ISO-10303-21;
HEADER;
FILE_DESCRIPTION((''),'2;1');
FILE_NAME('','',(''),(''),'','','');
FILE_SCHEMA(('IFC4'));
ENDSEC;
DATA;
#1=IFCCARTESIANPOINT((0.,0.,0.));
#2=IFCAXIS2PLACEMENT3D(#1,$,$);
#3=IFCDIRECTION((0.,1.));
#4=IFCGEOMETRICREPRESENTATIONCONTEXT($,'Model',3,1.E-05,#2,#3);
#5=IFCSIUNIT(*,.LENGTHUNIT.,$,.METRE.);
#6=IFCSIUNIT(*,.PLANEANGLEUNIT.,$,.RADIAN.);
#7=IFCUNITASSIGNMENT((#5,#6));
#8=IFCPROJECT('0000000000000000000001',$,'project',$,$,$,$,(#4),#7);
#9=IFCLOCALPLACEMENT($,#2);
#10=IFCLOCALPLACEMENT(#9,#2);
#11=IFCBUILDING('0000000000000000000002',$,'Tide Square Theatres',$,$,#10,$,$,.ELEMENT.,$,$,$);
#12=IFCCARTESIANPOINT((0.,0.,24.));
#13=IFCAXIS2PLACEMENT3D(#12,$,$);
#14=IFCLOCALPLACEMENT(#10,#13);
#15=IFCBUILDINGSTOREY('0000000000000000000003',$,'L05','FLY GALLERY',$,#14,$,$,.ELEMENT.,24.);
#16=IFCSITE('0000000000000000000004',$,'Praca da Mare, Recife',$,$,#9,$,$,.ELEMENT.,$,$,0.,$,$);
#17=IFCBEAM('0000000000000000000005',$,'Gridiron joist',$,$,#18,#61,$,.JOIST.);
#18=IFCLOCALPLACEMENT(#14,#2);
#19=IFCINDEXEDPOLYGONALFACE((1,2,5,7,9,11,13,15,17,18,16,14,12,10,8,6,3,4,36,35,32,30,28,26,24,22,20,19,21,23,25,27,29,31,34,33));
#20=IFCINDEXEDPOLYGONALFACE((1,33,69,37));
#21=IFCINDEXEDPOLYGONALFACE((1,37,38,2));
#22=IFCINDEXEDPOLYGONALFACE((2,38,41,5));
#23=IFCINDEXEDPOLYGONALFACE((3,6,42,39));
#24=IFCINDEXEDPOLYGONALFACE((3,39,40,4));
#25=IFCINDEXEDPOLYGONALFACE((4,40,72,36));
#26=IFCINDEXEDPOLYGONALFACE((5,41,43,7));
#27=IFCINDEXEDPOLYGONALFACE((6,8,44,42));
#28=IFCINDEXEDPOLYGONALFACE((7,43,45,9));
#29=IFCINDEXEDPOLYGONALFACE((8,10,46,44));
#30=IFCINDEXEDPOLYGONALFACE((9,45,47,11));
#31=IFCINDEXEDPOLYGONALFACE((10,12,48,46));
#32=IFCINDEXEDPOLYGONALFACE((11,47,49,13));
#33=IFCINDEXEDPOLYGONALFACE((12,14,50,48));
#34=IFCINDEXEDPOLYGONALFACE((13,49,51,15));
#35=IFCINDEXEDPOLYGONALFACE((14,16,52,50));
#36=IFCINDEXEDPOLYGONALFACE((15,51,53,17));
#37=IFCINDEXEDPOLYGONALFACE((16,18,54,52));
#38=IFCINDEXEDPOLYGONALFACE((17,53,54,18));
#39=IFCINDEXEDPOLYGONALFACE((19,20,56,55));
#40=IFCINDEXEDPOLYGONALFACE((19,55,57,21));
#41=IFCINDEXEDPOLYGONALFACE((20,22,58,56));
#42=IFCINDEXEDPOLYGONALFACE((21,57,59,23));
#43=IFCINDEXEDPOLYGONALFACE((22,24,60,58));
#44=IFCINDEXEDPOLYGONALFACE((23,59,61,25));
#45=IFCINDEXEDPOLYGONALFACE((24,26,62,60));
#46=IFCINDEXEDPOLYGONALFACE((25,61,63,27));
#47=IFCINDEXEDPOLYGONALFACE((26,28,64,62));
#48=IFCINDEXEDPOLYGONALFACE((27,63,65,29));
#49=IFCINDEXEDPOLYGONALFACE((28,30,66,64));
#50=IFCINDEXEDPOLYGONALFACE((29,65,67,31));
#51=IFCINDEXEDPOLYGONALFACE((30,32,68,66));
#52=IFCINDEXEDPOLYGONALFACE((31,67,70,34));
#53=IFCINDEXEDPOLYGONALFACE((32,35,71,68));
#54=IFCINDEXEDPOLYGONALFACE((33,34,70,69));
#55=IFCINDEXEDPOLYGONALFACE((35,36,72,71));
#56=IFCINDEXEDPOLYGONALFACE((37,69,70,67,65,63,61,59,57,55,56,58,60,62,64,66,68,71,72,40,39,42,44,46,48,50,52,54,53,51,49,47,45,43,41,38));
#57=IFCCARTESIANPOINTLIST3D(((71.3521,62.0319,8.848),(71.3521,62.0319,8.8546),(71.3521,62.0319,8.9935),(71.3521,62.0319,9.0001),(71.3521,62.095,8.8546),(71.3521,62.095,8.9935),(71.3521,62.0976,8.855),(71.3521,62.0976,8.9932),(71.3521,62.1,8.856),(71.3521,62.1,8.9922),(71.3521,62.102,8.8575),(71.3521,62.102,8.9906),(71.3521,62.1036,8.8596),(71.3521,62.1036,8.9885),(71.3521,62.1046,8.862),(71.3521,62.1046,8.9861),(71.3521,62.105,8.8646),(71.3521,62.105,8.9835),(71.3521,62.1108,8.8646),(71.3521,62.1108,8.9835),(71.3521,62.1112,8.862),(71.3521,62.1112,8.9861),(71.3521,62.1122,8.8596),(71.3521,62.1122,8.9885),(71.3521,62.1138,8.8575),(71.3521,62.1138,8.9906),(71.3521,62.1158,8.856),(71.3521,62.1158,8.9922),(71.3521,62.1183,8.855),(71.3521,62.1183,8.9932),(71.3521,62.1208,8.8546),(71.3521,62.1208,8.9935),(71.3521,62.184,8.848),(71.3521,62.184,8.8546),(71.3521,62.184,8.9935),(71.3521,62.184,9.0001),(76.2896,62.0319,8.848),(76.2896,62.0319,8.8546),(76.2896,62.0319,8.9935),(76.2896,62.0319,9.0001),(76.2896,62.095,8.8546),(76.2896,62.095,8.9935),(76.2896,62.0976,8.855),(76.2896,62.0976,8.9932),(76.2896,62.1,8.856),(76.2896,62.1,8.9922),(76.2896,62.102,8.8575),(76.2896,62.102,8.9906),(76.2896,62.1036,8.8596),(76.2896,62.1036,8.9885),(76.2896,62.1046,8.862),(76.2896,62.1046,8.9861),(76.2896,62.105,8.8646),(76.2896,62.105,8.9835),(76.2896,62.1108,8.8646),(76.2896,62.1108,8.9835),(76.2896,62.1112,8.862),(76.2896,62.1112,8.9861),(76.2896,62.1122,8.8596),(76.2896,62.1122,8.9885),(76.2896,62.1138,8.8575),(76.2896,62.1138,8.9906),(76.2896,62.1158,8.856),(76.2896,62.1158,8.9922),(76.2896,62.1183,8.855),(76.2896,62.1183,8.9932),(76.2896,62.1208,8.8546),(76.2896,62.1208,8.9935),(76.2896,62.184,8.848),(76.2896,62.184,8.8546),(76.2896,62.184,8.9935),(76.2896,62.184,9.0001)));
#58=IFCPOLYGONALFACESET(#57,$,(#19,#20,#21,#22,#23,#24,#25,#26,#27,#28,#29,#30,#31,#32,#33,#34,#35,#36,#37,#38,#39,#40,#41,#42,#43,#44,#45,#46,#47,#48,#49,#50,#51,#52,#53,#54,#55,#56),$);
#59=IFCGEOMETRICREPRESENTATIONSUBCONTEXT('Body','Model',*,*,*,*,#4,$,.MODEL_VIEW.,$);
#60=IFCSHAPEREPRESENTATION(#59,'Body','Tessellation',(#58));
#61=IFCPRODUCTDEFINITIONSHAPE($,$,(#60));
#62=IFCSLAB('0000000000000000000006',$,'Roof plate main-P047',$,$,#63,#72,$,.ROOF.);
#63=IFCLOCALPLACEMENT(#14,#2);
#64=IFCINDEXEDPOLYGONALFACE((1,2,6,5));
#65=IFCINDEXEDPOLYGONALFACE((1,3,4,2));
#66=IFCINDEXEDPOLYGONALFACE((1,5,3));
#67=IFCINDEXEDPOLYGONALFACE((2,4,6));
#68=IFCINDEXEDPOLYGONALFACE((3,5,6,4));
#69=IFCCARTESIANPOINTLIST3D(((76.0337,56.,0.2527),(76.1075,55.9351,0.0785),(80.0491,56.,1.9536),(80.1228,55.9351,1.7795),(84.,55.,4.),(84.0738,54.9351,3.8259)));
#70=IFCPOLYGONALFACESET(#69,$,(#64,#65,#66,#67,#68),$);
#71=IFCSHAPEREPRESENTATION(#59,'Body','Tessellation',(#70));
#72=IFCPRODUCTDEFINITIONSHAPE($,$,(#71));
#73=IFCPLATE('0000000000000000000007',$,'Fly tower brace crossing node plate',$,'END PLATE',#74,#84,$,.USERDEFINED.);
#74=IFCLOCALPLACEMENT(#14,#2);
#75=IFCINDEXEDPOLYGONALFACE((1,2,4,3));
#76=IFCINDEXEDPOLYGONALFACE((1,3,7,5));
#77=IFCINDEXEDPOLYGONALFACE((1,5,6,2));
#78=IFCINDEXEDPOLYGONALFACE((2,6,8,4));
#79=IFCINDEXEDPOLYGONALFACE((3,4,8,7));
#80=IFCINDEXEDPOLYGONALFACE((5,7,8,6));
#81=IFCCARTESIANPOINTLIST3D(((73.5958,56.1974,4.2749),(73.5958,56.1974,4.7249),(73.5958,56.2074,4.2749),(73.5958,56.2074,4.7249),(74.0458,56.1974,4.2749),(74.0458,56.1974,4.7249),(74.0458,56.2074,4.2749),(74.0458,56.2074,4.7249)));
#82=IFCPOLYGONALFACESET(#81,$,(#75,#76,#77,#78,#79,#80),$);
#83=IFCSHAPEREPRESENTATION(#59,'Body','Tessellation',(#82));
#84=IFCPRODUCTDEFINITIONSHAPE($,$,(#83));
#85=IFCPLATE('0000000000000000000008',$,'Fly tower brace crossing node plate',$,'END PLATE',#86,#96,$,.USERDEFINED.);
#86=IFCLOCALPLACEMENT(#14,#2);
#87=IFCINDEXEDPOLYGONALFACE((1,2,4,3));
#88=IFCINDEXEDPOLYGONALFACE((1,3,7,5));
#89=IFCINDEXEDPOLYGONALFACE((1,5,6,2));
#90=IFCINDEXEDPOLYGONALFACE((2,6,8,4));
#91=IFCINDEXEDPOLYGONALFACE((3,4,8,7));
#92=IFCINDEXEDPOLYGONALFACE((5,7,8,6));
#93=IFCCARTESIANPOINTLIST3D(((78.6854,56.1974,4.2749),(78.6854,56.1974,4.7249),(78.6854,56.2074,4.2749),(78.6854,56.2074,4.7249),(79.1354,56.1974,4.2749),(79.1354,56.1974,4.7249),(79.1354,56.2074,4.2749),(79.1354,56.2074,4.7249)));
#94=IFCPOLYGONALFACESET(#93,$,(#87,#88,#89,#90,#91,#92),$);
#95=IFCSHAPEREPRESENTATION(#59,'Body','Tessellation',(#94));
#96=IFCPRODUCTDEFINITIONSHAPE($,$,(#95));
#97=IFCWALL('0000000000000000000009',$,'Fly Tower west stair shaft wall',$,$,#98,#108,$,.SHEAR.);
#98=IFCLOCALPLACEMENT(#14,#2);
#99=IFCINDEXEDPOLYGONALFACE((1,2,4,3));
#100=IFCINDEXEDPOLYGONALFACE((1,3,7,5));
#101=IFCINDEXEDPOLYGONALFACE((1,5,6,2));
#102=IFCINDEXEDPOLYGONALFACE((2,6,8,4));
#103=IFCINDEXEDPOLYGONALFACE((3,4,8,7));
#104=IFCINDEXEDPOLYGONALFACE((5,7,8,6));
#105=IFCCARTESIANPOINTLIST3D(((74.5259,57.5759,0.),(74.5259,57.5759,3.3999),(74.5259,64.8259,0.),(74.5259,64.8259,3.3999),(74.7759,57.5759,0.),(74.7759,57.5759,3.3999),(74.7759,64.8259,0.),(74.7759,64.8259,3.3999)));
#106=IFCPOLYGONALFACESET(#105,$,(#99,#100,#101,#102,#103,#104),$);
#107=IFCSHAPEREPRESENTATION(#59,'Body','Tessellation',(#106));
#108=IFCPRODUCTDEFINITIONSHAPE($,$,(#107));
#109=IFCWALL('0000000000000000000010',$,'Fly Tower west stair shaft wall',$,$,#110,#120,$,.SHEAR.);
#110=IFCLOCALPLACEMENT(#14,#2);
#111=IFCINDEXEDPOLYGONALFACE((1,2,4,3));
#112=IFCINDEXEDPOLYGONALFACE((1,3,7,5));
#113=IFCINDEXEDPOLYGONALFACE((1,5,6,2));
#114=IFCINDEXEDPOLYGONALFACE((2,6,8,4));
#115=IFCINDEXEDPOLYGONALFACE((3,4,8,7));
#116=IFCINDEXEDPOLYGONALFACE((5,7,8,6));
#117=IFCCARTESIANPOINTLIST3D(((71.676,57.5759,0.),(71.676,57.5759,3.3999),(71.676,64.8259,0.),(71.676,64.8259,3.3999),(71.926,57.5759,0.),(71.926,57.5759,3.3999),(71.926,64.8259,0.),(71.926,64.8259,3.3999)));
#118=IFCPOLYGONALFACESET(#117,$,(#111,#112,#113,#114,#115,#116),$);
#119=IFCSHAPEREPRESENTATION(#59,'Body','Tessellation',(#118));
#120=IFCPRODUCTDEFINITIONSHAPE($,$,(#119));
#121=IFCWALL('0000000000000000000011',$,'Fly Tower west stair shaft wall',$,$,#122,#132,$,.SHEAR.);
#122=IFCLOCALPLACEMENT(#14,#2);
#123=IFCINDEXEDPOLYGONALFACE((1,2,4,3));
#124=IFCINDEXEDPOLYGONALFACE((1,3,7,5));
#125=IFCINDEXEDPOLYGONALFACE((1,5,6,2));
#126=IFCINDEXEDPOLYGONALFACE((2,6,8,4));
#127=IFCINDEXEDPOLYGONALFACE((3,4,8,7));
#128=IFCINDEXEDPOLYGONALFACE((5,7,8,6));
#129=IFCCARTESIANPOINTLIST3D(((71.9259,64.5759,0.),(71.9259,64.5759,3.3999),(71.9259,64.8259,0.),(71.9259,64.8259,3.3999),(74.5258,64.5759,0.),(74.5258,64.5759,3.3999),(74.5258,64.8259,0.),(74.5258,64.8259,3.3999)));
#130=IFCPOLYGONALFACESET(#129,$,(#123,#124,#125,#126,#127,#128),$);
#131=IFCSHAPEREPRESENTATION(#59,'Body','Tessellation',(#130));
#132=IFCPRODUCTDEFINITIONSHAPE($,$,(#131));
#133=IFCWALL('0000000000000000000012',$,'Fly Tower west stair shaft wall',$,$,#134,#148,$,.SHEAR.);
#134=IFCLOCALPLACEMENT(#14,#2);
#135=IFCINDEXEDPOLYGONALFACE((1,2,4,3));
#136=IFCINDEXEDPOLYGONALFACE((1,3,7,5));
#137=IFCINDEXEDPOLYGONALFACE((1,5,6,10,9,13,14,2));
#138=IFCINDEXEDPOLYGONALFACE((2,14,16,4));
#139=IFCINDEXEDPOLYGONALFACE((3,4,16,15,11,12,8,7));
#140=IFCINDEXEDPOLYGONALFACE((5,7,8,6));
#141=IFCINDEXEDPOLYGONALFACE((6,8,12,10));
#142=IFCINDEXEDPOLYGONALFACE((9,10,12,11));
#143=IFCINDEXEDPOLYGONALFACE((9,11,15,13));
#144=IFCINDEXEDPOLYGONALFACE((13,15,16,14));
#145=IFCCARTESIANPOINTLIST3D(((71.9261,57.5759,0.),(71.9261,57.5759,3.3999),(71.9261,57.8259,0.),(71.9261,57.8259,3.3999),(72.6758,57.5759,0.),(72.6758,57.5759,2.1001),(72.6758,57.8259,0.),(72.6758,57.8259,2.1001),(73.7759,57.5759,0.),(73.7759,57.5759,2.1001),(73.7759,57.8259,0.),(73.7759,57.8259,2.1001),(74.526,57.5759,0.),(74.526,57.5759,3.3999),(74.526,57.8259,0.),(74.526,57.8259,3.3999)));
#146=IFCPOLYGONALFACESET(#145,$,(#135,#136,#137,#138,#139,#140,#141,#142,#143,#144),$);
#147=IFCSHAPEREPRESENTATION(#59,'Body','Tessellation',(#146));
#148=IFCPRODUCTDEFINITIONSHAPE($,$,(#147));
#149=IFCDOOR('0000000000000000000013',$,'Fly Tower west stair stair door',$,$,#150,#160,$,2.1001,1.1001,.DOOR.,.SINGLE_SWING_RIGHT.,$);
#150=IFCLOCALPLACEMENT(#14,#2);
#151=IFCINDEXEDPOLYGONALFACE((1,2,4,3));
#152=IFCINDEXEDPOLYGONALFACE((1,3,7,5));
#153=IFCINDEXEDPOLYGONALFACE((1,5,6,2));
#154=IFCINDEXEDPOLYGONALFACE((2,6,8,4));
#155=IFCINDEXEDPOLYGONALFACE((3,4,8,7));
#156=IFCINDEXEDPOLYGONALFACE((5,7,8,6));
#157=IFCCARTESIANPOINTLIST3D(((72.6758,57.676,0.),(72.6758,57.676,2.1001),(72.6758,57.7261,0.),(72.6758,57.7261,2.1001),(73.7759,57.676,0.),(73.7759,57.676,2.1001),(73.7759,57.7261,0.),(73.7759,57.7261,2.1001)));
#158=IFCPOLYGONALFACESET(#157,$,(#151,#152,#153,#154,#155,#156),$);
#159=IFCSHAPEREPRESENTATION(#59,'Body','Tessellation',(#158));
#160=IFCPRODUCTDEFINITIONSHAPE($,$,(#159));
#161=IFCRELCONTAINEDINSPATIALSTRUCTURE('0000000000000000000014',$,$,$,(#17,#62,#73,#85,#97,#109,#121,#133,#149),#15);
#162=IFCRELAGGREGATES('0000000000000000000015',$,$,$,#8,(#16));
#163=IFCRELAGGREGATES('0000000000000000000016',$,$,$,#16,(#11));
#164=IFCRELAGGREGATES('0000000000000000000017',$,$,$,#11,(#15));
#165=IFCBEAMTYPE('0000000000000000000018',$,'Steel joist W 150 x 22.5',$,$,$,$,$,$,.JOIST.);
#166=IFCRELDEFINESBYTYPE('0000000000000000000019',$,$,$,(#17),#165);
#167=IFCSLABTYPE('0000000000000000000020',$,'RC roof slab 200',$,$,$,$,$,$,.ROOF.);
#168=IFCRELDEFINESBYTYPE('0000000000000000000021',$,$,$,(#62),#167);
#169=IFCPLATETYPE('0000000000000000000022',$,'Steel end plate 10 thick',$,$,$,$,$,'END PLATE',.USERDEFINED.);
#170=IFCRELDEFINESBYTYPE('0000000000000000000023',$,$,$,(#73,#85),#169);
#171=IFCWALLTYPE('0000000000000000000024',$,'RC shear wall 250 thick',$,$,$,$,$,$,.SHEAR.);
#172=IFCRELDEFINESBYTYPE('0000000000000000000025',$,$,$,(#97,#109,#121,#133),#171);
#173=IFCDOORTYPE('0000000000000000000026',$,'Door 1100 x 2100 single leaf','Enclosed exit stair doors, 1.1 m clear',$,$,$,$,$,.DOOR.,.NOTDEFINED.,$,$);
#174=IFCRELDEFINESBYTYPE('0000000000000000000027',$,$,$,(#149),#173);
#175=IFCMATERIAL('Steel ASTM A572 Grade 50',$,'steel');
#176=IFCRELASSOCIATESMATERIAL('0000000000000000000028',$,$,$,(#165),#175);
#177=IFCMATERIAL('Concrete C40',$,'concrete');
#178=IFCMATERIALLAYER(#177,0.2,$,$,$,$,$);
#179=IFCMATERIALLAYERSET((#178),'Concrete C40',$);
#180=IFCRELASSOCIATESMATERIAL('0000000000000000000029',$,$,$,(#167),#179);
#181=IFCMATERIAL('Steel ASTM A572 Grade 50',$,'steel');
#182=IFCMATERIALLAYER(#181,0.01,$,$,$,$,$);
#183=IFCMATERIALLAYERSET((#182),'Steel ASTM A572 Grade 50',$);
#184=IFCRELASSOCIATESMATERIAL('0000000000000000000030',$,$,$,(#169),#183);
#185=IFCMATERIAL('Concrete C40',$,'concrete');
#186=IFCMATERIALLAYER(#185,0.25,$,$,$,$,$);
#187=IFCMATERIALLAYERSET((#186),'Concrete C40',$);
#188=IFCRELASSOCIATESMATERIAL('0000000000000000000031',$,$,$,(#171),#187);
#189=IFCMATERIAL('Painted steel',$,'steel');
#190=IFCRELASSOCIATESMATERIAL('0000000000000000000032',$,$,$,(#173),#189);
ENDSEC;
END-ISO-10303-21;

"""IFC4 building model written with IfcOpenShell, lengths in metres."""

from ifc_helpers import new_model, si_unit, direction, frame, frame_2d, origin, origin_2d, place, context, subcontext, project, spatial, polyline, rectangle, i_section, outline, extrude, material, layer, layer_set, material_profile, profile_set, type_object, element, fill, save


model = new_model("IFC4")

# Units and contexts
model_context = context("Model", 3, precision=1e-05, world=origin(), true_north=direction((0.0, 1.0)))
body_context = subcontext(model_context, "Body", "Model", "MODEL_VIEW")
ifc_project = project(units=[si_unit("LENGTHUNIT", "METRE"), si_unit("PLANEANGLEUNIT", "RADIAN")], contexts=[model_context])

# Site, building, storey
site_placement = place(None, origin())
site = spatial("IfcSite", under=ifc_project, at=site_placement, Name="Praca da Mare, Recife", CompositionType="ELEMENT", RefElevation=0.0)
building_placement = place(site_placement, origin())
building = spatial("IfcBuilding", under=site, at=building_placement, Name="Tide Square Theatres", CompositionType="ELEMENT")
storey_placement = place(building_placement, frame((0.0, 0.0, 24.0)))
storey = spatial("IfcBuildingStorey", under=building, at=storey_placement, Name="L05", Description="FLY GALLERY", CompositionType="ELEMENT", Elevation=24.0)

# Beam
ifc_material_1 = material(Name="Steel ASTM A572 Grade 50", Category="steel")
ifc_material_profile_1 = material_profile(ifc_material_1, i_section(OverallWidth=0.1521, OverallDepth=0.1521, WebThickness=0.0059, FlangeThickness=0.0066, FilletRadius=0.01, at=origin_2d()))
ifc_profile_set_1 = profile_set([ifc_material_profile_1], Name="Steel ASTM A572 Grade 50")
beam_type_1 = type_object("IfcBeamType", Name="Steel joist W 150 x 22.5", PredefinedType="JOIST", material=ifc_profile_set_1)
beam_1_placement = place(storey_placement, frame((71.3521, 62.1079, 8.9241), z_axis=(1.0, 0.0, 0.0), x_axis=(0.0, 1.0, 0.0)))
element("IfcBeam", 1, at=beam_1_placement, inside=storey, type_object=beam_type_1, Name="Gridiron joist", PredefinedType="JOIST", context=body_context, shape_type="SweptSolid", body=[
    extrude(i_section(OverallWidth=0.1521, OverallDepth=0.1521, WebThickness=0.0059, FlangeThickness=0.0066, FilletRadius=0.01, at=origin_2d()), origin(), (0.0, 0.0, 1.0), 4.9375),
])

# Slab
ifc_material_2 = material(Name="Concrete C40", Category="concrete")
ifc_layer_1 = layer(ifc_material_2, 0.2)
ifc_layer_set_1 = layer_set([ifc_layer_1], Name="Concrete C40")
slab_type = type_object("IfcSlabType", Name="RC roof slab 200", PredefinedType="ROOF", material=ifc_layer_set_1)
slab_placement = place(storey_placement, frame((80.0491, 56.0, 1.9536), z_axis=(-0.368924, 0.324645, 0.870919), x_axis=(-0.920793, 0.0, -0.390051)))
element("IfcSlab", 2, at=slab_placement, inside=storey, type_object=slab_type, Name="Roof plate main-P047", PredefinedType="ROOF", context=body_context, shape_type="SweptSolid", body=[
    extrude(outline(polyline([(0.0, 0.0), (4.3608, 0.0), (-4.4362, 1.0573), (0.0, 0.0)])), origin(), (0.0, 0.0, -1.0), 0.2),
])

# Plates
ifc_material_3 = material(Name="Steel ASTM A572 Grade 50", Category="steel")
ifc_layer_2 = layer(ifc_material_3, 0.01)
ifc_layer_set_2 = layer_set([ifc_layer_2], Name="Steel ASTM A572 Grade 50")
plate_type = type_object("IfcPlateType", Name="Steel end plate 10 thick", ElementType="END PLATE", PredefinedType="USERDEFINED", material=ifc_layer_set_2)
for number, where, z_axis, x_axis, name in (
    (3, (73.8208, 56.2024, 4.2749), (0.0, 0.0, 1.0), (0.0, -1.0, 0.0), "Fly tower brace crossing node plate"),
    (4, (78.9104, 56.2024, 4.2749), (0.0, 0.0, 1.0), (0.0, -1.0, 0.0), "Fly tower brace crossing node plate"),
):
    element("IfcPlate", number, at=place(storey_placement, frame(where, z_axis=z_axis, x_axis=x_axis)), inside=storey, type_object=plate_type, Name=name, ObjectType="END PLATE", PredefinedType="USERDEFINED", context=body_context, shape_type="SweptSolid", body=[
        extrude(rectangle(XDim=0.01, YDim=0.45, at=origin_2d()), origin(), (0.0, 0.0, 1.0), 0.45),
    ])

# Walls
ifc_material_4 = material(Name="Concrete C40", Category="concrete")
ifc_layer_3 = layer(ifc_material_4, 0.25)
ifc_layer_set_3 = layer_set([ifc_layer_3], Name="Concrete C40")
wall_type = type_object("IfcWallType", Name="RC shear wall 250 thick", PredefinedType="SHEAR", material=ifc_layer_set_3)
for number, where, z_axis, x_axis, name in (
    (5, (74.6509, 57.5759, 0.0), (0.0, 0.0, 1.0), (0.0, 1.0, 0.0), "Fly Tower west stair shaft wall"),
    (6, (71.801, 64.8259, 0.0), (0.0, 0.0, 1.0), (0.0, -1.0, 0.0), "Fly Tower west stair shaft wall"),
):
    element("IfcWall", number, at=place(storey_placement, frame(where, z_axis=z_axis, x_axis=x_axis)), inside=storey, type_object=wall_type, Name=name, PredefinedType="SHEAR", context=body_context, shape_type="SweptSolid", body=[
        extrude(rectangle(XDim=7.25, YDim=0.25, at=frame_2d((3.625, 0.0))), origin(), (0.0, 0.0, 1.0), 3.3999),
    ])
wall_1_placement = place(storey_placement, frame((71.926, 64.7009, 0.0), z_axis=(0.0, 0.0, 1.0), x_axis=(1.0, 0.0, 0.0)))
element("IfcWall", 7, at=wall_1_placement, inside=storey, type_object=wall_type, Name="Fly Tower west stair shaft wall", PredefinedType="SHEAR", context=body_context, shape_type="SweptSolid", body=[
    extrude(rectangle(XDim=2.5999, YDim=0.25, at=frame_2d((1.2998, 0.0))), origin(), (0.0, 0.0, 1.0), 3.3999),
])

# Wall, opening, door
wall_2_placement = place(storey_placement, frame((74.5259, 57.7009, 0.0), z_axis=(0.0, 0.0, 1.0), x_axis=(-1.0, 0.0, 0.0)))
wall_2 = element("IfcWall", 8, at=wall_2_placement, inside=storey, type_object=wall_type, Name="Fly Tower west stair shaft wall", PredefinedType="SHEAR", context=body_context, shape_type="SweptSolid", body=[
    extrude(rectangle(XDim=2.5999, YDim=0.25, at=frame_2d((1.2998, 0.0))), origin(), (0.0, 0.0, 1.0), 3.3999),
])
opening_placement = place(wall_2_placement, frame((0.75, 0.0, 0.0)))
opening = element("IfcOpeningElement", 9, at=opening_placement, cuts=wall_2, PredefinedType="OPENING", context=body_context, shape_type="SweptSolid", body=[
    extrude(rectangle(XDim=1.1001, YDim=2.1001, at=frame_2d((0.55, 1.05))), frame((0.0, 0.135, 0.0), z_axis=(0.0, -1.0, 0.0), x_axis=(1.0, 0.0, 0.0)), (0.0, 0.0, 1.0), 0.27),
])
ifc_material_5 = material(Name="Painted steel", Category="steel")
door_type = type_object("IfcDoorType", Name="Door 1100 x 2100 single leaf", Description="Enclosed exit stair doors, 1.1 m clear", OperationType="NOTDEFINED", PredefinedType="DOOR", material=ifc_material_5)
door_placement = place(opening_placement, origin())
door = element("IfcDoor", 10, at=door_placement, inside=storey, type_object=door_type, Name="Fly Tower west stair stair door", OperationType="SINGLE_SWING_RIGHT", OverallHeight=2.1001, OverallWidth=1.1001, PredefinedType="DOOR", context=body_context, shape_type="SweptSolid", body=[
    extrude(rectangle(XDim=1.1001, YDim=2.1001, at=frame_2d((0.55, 1.05))), frame((0.0, 0.0249, 0.0), z_axis=(0.0, -1.0, 0.0), x_axis=(1.0, 0.0, 0.0)), (0.0, 0.0, 1.0), 0.05),
])
fill(opening, door)

save(model, "model.ifc")
